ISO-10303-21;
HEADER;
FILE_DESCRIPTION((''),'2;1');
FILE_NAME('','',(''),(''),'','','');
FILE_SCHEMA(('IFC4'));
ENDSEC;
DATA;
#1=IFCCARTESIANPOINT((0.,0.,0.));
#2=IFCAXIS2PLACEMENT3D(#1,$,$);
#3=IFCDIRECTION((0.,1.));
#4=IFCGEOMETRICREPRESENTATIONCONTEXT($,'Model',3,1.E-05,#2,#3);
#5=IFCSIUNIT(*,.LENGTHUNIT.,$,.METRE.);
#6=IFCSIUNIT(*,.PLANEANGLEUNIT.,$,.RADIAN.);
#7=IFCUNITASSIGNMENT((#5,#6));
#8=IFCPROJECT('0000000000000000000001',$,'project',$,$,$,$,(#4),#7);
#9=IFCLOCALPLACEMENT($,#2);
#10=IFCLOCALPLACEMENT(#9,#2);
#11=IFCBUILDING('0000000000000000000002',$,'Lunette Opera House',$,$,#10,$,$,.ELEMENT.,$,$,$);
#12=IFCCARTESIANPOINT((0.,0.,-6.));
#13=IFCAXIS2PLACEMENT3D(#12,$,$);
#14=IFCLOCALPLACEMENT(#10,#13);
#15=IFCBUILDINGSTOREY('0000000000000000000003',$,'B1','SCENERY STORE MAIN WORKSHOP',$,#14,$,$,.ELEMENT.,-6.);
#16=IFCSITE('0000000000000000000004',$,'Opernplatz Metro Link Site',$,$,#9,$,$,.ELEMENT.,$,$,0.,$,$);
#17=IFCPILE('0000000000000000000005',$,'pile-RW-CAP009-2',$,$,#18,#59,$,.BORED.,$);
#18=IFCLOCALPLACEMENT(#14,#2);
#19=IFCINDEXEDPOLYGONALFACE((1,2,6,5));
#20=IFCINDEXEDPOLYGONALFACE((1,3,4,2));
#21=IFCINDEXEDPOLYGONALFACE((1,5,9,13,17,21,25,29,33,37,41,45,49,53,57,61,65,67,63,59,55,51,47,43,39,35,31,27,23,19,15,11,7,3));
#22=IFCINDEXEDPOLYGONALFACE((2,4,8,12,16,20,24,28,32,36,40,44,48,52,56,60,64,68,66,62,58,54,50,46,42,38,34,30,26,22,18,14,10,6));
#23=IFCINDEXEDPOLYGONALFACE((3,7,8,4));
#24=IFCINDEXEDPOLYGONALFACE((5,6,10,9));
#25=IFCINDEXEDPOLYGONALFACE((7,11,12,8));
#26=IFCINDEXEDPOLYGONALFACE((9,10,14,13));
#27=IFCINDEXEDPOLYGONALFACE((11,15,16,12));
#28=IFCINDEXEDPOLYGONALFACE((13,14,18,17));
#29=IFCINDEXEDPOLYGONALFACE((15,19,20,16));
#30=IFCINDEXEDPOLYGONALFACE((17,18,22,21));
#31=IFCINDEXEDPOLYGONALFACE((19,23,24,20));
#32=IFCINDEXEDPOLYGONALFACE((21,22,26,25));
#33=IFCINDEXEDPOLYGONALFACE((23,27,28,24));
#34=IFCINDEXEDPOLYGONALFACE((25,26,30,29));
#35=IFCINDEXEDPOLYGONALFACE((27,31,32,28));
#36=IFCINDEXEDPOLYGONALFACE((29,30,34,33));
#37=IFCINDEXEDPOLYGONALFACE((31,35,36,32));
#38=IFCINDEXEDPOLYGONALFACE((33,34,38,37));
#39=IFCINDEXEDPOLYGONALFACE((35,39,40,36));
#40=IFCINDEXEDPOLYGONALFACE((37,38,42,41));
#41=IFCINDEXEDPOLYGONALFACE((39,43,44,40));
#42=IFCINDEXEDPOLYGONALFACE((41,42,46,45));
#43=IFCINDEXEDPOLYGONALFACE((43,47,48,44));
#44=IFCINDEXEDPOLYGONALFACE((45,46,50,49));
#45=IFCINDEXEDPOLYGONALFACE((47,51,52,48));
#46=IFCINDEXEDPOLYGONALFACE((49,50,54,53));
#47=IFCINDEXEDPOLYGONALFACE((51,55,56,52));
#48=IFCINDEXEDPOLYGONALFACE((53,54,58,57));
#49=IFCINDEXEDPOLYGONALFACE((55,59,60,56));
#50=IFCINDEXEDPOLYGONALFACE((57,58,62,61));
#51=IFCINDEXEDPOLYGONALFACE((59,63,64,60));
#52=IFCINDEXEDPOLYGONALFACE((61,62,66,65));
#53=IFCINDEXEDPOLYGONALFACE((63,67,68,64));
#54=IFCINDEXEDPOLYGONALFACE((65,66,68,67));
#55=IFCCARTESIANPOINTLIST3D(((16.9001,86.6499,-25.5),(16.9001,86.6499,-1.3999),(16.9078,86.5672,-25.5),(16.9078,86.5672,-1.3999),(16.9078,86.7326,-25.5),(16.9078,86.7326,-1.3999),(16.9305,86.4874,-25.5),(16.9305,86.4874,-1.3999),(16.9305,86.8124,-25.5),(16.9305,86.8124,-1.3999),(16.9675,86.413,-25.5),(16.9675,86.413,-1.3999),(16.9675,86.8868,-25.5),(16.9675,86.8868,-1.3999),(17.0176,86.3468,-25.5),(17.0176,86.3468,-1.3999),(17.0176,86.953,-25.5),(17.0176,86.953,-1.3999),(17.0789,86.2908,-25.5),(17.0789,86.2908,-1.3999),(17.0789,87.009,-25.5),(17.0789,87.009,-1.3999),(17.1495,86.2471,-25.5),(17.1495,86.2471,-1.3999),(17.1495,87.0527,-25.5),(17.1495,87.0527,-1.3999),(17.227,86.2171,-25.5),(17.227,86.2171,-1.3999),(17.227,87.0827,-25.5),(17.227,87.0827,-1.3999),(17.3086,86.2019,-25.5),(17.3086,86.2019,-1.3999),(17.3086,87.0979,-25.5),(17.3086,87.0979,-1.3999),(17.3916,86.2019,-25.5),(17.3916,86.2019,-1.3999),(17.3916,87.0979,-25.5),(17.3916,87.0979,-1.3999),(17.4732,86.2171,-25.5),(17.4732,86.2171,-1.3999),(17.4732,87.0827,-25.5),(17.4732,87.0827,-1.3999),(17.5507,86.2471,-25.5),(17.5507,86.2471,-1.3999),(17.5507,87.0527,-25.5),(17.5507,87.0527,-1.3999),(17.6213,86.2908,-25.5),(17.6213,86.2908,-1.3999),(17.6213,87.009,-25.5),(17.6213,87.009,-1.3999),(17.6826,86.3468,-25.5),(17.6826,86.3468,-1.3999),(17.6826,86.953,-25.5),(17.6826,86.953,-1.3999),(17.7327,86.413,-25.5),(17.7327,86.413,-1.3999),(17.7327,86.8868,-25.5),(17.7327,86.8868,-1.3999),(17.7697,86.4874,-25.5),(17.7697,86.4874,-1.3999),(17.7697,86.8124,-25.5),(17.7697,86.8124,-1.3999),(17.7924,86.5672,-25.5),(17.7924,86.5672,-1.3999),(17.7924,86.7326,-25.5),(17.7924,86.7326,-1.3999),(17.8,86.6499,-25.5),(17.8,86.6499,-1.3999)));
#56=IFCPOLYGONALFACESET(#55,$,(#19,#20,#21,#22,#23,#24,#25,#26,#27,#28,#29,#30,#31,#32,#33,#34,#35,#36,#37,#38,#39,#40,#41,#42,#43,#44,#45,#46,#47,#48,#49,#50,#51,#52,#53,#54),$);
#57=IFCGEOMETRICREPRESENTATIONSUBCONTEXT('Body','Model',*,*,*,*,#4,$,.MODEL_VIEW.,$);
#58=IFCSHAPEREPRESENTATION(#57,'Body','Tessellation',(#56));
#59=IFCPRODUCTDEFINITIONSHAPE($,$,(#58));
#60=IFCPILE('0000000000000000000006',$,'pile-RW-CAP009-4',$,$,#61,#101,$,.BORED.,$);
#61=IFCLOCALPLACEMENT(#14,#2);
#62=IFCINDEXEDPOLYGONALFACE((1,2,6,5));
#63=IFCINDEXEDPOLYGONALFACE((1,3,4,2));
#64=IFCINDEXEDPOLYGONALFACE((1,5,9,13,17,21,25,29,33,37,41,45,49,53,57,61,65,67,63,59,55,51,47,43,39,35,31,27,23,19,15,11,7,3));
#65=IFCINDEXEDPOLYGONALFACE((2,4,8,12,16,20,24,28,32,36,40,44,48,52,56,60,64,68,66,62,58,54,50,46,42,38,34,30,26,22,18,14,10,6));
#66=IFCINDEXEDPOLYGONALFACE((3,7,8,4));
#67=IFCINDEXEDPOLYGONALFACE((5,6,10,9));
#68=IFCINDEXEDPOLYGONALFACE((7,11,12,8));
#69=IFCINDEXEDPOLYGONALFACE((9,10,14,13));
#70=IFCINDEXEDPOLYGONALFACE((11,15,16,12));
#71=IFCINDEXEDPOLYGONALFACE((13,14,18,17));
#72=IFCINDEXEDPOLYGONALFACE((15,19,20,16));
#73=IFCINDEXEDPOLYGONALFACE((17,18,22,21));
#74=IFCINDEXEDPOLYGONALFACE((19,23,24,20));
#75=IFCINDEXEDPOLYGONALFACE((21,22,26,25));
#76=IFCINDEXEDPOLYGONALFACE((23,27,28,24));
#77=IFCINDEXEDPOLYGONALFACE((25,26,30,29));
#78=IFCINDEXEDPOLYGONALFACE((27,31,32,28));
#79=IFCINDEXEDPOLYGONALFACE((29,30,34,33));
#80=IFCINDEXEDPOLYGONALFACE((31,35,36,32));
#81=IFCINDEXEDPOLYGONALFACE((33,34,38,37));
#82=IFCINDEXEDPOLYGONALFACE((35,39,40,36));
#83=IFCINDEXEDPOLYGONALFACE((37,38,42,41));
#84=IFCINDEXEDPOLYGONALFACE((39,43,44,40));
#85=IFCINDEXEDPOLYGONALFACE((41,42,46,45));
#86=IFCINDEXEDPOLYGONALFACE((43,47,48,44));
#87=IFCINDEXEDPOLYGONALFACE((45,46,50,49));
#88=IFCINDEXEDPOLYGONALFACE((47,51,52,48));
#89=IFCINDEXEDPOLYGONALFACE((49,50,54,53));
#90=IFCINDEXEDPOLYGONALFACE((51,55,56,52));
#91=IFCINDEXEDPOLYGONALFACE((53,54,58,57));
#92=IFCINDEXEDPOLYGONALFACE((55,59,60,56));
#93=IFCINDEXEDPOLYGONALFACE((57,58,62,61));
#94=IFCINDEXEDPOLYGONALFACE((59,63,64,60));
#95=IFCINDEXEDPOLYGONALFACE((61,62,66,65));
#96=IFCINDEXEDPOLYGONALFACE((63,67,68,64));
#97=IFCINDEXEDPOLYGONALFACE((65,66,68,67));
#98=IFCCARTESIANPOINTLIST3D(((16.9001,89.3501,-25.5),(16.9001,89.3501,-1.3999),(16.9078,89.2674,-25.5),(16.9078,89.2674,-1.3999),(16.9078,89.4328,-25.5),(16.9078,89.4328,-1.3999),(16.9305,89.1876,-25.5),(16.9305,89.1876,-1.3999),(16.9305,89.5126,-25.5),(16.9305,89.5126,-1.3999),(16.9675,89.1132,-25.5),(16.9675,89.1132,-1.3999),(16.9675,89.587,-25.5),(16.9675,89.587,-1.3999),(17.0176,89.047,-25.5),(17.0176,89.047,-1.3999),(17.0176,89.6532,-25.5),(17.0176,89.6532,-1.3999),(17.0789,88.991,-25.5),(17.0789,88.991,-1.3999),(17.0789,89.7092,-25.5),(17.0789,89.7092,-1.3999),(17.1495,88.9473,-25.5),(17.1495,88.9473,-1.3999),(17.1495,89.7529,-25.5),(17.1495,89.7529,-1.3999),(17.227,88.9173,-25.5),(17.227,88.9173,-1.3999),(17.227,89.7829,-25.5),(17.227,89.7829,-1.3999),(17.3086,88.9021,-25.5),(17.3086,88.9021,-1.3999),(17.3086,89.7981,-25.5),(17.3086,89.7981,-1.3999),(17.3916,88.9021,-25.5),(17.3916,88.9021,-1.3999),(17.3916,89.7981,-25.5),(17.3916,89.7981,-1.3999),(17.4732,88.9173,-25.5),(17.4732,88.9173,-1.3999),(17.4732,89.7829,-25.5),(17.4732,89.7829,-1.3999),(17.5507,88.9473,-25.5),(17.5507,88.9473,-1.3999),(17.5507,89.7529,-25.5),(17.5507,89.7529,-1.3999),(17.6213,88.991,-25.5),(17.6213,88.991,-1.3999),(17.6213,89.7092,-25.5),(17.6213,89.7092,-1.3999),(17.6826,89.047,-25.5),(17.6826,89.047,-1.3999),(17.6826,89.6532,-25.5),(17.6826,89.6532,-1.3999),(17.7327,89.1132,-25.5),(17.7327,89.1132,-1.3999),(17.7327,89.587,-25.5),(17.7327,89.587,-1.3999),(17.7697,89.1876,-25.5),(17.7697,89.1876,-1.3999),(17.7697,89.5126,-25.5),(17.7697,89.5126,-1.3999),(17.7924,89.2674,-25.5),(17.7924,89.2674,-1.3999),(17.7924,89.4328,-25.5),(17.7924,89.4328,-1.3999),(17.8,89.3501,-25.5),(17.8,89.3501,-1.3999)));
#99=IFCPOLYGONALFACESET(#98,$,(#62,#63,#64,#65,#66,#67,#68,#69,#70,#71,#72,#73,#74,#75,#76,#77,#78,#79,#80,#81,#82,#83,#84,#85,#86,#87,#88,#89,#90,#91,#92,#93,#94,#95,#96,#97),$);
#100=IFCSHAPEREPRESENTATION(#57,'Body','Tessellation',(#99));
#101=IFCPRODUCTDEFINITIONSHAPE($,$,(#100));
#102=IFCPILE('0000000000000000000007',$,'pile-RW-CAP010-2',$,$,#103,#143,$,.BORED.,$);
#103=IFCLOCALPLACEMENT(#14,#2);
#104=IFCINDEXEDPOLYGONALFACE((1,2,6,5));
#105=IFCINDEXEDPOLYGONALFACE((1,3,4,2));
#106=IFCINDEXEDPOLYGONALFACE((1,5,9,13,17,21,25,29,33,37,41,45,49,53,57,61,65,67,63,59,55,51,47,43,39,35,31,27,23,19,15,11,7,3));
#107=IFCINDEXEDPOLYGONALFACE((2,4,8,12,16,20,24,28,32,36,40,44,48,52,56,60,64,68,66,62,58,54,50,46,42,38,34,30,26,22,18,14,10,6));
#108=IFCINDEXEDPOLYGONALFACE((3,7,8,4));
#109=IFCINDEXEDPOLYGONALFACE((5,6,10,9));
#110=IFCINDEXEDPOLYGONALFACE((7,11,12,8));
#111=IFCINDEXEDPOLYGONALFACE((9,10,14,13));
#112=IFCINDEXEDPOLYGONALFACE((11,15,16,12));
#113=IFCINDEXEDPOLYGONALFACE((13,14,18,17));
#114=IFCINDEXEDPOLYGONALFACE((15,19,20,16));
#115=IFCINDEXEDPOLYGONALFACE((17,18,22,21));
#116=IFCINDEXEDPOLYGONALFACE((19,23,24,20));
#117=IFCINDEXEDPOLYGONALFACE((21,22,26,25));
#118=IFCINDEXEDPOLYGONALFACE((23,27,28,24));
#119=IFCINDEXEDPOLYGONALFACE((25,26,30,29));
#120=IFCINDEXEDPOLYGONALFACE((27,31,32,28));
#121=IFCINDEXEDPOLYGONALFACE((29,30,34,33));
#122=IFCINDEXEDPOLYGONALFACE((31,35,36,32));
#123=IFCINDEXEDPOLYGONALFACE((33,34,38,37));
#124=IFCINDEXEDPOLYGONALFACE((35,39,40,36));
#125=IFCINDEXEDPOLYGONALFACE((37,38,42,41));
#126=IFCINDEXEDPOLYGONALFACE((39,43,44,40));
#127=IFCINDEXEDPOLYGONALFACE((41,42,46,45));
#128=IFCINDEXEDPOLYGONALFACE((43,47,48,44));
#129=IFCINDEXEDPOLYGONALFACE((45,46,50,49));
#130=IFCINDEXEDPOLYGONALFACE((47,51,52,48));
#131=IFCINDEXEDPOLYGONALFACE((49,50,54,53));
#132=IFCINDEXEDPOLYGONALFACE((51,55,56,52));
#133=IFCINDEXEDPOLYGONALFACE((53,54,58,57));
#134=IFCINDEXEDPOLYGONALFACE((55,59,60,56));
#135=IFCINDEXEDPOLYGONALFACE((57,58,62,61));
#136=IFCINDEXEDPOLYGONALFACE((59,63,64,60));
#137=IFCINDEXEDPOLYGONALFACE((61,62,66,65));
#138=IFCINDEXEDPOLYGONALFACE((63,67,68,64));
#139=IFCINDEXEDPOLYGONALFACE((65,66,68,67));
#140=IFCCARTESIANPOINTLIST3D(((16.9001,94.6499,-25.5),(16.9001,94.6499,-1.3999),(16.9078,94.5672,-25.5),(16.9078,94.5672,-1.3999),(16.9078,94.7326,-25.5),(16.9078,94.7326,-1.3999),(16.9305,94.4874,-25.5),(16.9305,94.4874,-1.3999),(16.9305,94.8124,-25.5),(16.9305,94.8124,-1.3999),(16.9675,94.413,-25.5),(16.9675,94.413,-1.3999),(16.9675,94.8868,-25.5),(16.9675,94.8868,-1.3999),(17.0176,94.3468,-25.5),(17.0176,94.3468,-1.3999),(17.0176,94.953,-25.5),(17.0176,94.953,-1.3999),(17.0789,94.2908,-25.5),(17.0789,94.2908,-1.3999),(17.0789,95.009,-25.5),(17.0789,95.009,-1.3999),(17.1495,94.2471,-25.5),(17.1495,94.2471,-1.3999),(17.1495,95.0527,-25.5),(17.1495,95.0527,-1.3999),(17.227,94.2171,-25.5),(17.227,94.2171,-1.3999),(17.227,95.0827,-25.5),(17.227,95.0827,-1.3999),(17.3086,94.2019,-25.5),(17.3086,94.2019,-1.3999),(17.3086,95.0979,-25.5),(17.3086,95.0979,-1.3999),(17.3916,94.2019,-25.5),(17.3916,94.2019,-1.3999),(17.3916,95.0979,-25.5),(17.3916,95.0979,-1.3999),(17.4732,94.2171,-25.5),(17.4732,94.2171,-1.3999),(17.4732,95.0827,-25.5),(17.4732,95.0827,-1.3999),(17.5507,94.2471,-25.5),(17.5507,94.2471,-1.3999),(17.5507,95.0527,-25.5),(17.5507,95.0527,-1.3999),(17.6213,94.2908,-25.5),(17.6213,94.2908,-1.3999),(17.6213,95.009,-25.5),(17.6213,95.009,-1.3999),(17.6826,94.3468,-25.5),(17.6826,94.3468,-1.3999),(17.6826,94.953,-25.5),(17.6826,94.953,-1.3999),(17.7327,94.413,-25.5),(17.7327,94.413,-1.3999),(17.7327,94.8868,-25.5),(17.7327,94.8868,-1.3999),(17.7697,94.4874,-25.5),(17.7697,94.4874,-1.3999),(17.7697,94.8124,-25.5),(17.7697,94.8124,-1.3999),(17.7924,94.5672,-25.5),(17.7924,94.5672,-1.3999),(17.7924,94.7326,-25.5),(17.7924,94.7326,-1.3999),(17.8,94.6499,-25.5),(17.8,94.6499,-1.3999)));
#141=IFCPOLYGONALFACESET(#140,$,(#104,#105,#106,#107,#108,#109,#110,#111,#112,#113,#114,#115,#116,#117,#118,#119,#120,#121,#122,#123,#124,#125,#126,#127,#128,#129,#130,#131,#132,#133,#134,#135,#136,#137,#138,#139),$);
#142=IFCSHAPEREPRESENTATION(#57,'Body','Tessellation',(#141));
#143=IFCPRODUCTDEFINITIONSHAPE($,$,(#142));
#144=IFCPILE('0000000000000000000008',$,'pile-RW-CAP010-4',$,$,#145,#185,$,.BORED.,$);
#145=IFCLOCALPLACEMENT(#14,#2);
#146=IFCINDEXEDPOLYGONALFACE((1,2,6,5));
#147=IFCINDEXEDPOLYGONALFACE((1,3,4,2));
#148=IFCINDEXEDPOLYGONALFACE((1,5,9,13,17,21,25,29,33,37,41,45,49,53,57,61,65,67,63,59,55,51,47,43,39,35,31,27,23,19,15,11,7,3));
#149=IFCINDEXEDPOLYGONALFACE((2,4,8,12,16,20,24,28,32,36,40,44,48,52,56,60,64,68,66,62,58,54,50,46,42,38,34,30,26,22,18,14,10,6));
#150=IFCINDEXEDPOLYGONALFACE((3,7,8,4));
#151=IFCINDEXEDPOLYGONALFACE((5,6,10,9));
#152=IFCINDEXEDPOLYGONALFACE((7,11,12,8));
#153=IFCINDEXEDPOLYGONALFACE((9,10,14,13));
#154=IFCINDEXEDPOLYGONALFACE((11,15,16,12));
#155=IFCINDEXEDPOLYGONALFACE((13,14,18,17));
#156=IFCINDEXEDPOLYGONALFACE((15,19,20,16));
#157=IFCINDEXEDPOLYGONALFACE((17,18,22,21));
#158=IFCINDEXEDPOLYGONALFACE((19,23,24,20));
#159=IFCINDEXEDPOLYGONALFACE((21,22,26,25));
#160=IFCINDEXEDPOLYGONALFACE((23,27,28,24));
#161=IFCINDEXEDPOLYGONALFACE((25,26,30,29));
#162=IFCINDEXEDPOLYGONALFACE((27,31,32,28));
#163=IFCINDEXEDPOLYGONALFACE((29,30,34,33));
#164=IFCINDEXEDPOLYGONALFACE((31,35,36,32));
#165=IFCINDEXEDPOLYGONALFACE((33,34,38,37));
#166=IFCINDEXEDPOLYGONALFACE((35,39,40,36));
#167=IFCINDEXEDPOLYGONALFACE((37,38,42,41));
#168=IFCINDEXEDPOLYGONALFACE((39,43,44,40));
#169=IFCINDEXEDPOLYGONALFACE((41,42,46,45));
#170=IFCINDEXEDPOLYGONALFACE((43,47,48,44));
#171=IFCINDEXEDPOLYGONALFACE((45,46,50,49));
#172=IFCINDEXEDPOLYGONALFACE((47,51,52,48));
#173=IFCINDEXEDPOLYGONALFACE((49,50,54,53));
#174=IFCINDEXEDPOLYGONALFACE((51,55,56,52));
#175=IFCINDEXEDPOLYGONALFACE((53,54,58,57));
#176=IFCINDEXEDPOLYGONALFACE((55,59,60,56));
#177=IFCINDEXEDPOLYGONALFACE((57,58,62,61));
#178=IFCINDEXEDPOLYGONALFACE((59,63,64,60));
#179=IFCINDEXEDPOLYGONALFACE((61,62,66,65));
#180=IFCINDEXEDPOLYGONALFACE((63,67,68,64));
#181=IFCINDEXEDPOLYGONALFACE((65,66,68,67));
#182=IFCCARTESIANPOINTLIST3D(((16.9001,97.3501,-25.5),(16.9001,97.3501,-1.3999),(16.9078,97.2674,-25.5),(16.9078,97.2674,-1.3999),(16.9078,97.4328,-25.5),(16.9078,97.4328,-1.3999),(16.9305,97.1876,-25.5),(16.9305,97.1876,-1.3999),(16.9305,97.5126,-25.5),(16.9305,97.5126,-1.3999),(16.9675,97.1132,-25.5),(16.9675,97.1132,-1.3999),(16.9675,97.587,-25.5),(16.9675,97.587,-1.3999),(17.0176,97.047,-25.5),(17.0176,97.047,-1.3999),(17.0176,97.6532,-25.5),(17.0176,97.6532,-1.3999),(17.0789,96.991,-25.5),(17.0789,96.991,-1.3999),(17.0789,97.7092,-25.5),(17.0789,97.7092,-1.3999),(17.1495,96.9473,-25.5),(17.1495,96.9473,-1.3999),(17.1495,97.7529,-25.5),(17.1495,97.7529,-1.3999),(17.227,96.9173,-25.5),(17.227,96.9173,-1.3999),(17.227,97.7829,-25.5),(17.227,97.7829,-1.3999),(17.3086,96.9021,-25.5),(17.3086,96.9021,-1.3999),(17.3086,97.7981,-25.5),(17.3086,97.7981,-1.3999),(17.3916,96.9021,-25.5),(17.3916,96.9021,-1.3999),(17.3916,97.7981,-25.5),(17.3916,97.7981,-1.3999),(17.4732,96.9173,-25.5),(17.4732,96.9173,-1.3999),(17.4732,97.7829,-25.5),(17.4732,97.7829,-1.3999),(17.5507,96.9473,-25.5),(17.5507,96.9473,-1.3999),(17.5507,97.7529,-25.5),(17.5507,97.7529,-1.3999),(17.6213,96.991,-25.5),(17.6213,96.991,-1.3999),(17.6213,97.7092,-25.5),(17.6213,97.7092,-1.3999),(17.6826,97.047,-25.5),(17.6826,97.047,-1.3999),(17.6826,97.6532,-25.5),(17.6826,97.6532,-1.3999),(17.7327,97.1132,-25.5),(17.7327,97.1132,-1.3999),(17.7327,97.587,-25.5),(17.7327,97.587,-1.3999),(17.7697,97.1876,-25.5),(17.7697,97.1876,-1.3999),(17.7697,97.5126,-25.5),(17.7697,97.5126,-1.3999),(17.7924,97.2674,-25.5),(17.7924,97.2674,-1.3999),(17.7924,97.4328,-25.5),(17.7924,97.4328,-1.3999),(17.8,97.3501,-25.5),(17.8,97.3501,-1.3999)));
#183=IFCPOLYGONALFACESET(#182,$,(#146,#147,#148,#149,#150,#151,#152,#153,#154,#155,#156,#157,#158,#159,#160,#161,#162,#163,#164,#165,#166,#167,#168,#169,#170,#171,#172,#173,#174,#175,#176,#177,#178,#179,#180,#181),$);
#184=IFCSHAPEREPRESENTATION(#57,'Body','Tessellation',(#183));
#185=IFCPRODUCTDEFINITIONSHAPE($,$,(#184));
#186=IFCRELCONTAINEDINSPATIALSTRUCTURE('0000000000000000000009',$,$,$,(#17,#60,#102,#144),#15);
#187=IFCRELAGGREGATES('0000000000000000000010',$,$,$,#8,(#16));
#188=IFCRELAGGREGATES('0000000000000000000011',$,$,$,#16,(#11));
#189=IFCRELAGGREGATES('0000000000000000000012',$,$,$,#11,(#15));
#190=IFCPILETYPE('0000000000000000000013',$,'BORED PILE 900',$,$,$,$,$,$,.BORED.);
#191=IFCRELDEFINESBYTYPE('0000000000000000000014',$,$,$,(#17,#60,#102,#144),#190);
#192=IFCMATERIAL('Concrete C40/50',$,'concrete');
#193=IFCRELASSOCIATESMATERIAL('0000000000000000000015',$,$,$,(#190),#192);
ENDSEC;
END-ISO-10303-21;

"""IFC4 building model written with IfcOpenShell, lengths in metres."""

from ifc_helpers import new_model, si_unit, direction, frame, origin, origin_2d, place, context, subcontext, project, spatial, circle, extrude, material, material_profile, profile_set, type_object, element, save


model = new_model("IFC4")

# Units and contexts
model_context = context("Model", 3, precision=1e-05, world=origin(), true_north=direction((0.0, 1.0)))
body_context = subcontext(model_context, "Body", "Model", "MODEL_VIEW")
ifc_project = project(units=[si_unit("LENGTHUNIT", "METRE"), si_unit("PLANEANGLEUNIT", "RADIAN")], contexts=[model_context])

# Site, building, storey
site_placement = place(None, origin())
site = spatial("IfcSite", under=ifc_project, at=site_placement, Name="Opernplatz Metro Link Site", CompositionType="ELEMENT", RefElevation=0.0)
building_placement = place(site_placement, origin())
building = spatial("IfcBuilding", under=site, at=building_placement, Name="Lunette Opera House", CompositionType="ELEMENT")
storey_placement = place(building_placement, frame((0.0, 0.0, -6.0)))
storey = spatial("IfcBuildingStorey", under=building, at=storey_placement, Name="B1", Description="SCENERY STORE MAIN WORKSHOP", CompositionType="ELEMENT", Elevation=-6.0)

# Piles
ifc_material_1 = material(Name="Concrete C40/50", Category="concrete")
ifc_material_profile_1 = material_profile(ifc_material_1, circle(Radius=0.45, at=origin_2d()), Name="BORED PILE 900")
ifc_profile_set_1 = profile_set([ifc_material_profile_1], Name="Concrete C40/50")
pile_type = type_object("IfcPileType", Name="BORED PILE 900", PredefinedType="BORED", material=ifc_profile_set_1)
for number, where, z_axis, x_axis, name in (
    (1, (17.3501, 86.6499, -1.3999), (0.0, 0.0, -1.0), (1.0, 0.0, 0.0), "pile-RW-CAP009-2"),
    (2, (17.3501, 89.3501, -1.3999), (0.0, 0.0, -1.0), (1.0, 0.0, 0.0), "pile-RW-CAP009-4"),
    (3, (17.3501, 94.6499, -1.3999), (0.0, 0.0, -1.0), (1.0, 0.0, 0.0), "pile-RW-CAP010-2"),
    (4, (17.3501, 97.3501, -1.3999), (0.0, 0.0, -1.0), (1.0, 0.0, 0.0), "pile-RW-CAP010-4"),
):
    element("IfcPile", number, at=place(storey_placement, frame(where, z_axis=z_axis, x_axis=x_axis)), inside=storey, type_object=pile_type, Name=name, PredefinedType="BORED", context=body_context, shape_type="SweptSolid", body=[
        extrude(circle(Radius=0.45, at=origin_2d()), origin(), (0.0, 0.0, 1.0), 24.1001),
    ])

save(model, "model.ifc")
